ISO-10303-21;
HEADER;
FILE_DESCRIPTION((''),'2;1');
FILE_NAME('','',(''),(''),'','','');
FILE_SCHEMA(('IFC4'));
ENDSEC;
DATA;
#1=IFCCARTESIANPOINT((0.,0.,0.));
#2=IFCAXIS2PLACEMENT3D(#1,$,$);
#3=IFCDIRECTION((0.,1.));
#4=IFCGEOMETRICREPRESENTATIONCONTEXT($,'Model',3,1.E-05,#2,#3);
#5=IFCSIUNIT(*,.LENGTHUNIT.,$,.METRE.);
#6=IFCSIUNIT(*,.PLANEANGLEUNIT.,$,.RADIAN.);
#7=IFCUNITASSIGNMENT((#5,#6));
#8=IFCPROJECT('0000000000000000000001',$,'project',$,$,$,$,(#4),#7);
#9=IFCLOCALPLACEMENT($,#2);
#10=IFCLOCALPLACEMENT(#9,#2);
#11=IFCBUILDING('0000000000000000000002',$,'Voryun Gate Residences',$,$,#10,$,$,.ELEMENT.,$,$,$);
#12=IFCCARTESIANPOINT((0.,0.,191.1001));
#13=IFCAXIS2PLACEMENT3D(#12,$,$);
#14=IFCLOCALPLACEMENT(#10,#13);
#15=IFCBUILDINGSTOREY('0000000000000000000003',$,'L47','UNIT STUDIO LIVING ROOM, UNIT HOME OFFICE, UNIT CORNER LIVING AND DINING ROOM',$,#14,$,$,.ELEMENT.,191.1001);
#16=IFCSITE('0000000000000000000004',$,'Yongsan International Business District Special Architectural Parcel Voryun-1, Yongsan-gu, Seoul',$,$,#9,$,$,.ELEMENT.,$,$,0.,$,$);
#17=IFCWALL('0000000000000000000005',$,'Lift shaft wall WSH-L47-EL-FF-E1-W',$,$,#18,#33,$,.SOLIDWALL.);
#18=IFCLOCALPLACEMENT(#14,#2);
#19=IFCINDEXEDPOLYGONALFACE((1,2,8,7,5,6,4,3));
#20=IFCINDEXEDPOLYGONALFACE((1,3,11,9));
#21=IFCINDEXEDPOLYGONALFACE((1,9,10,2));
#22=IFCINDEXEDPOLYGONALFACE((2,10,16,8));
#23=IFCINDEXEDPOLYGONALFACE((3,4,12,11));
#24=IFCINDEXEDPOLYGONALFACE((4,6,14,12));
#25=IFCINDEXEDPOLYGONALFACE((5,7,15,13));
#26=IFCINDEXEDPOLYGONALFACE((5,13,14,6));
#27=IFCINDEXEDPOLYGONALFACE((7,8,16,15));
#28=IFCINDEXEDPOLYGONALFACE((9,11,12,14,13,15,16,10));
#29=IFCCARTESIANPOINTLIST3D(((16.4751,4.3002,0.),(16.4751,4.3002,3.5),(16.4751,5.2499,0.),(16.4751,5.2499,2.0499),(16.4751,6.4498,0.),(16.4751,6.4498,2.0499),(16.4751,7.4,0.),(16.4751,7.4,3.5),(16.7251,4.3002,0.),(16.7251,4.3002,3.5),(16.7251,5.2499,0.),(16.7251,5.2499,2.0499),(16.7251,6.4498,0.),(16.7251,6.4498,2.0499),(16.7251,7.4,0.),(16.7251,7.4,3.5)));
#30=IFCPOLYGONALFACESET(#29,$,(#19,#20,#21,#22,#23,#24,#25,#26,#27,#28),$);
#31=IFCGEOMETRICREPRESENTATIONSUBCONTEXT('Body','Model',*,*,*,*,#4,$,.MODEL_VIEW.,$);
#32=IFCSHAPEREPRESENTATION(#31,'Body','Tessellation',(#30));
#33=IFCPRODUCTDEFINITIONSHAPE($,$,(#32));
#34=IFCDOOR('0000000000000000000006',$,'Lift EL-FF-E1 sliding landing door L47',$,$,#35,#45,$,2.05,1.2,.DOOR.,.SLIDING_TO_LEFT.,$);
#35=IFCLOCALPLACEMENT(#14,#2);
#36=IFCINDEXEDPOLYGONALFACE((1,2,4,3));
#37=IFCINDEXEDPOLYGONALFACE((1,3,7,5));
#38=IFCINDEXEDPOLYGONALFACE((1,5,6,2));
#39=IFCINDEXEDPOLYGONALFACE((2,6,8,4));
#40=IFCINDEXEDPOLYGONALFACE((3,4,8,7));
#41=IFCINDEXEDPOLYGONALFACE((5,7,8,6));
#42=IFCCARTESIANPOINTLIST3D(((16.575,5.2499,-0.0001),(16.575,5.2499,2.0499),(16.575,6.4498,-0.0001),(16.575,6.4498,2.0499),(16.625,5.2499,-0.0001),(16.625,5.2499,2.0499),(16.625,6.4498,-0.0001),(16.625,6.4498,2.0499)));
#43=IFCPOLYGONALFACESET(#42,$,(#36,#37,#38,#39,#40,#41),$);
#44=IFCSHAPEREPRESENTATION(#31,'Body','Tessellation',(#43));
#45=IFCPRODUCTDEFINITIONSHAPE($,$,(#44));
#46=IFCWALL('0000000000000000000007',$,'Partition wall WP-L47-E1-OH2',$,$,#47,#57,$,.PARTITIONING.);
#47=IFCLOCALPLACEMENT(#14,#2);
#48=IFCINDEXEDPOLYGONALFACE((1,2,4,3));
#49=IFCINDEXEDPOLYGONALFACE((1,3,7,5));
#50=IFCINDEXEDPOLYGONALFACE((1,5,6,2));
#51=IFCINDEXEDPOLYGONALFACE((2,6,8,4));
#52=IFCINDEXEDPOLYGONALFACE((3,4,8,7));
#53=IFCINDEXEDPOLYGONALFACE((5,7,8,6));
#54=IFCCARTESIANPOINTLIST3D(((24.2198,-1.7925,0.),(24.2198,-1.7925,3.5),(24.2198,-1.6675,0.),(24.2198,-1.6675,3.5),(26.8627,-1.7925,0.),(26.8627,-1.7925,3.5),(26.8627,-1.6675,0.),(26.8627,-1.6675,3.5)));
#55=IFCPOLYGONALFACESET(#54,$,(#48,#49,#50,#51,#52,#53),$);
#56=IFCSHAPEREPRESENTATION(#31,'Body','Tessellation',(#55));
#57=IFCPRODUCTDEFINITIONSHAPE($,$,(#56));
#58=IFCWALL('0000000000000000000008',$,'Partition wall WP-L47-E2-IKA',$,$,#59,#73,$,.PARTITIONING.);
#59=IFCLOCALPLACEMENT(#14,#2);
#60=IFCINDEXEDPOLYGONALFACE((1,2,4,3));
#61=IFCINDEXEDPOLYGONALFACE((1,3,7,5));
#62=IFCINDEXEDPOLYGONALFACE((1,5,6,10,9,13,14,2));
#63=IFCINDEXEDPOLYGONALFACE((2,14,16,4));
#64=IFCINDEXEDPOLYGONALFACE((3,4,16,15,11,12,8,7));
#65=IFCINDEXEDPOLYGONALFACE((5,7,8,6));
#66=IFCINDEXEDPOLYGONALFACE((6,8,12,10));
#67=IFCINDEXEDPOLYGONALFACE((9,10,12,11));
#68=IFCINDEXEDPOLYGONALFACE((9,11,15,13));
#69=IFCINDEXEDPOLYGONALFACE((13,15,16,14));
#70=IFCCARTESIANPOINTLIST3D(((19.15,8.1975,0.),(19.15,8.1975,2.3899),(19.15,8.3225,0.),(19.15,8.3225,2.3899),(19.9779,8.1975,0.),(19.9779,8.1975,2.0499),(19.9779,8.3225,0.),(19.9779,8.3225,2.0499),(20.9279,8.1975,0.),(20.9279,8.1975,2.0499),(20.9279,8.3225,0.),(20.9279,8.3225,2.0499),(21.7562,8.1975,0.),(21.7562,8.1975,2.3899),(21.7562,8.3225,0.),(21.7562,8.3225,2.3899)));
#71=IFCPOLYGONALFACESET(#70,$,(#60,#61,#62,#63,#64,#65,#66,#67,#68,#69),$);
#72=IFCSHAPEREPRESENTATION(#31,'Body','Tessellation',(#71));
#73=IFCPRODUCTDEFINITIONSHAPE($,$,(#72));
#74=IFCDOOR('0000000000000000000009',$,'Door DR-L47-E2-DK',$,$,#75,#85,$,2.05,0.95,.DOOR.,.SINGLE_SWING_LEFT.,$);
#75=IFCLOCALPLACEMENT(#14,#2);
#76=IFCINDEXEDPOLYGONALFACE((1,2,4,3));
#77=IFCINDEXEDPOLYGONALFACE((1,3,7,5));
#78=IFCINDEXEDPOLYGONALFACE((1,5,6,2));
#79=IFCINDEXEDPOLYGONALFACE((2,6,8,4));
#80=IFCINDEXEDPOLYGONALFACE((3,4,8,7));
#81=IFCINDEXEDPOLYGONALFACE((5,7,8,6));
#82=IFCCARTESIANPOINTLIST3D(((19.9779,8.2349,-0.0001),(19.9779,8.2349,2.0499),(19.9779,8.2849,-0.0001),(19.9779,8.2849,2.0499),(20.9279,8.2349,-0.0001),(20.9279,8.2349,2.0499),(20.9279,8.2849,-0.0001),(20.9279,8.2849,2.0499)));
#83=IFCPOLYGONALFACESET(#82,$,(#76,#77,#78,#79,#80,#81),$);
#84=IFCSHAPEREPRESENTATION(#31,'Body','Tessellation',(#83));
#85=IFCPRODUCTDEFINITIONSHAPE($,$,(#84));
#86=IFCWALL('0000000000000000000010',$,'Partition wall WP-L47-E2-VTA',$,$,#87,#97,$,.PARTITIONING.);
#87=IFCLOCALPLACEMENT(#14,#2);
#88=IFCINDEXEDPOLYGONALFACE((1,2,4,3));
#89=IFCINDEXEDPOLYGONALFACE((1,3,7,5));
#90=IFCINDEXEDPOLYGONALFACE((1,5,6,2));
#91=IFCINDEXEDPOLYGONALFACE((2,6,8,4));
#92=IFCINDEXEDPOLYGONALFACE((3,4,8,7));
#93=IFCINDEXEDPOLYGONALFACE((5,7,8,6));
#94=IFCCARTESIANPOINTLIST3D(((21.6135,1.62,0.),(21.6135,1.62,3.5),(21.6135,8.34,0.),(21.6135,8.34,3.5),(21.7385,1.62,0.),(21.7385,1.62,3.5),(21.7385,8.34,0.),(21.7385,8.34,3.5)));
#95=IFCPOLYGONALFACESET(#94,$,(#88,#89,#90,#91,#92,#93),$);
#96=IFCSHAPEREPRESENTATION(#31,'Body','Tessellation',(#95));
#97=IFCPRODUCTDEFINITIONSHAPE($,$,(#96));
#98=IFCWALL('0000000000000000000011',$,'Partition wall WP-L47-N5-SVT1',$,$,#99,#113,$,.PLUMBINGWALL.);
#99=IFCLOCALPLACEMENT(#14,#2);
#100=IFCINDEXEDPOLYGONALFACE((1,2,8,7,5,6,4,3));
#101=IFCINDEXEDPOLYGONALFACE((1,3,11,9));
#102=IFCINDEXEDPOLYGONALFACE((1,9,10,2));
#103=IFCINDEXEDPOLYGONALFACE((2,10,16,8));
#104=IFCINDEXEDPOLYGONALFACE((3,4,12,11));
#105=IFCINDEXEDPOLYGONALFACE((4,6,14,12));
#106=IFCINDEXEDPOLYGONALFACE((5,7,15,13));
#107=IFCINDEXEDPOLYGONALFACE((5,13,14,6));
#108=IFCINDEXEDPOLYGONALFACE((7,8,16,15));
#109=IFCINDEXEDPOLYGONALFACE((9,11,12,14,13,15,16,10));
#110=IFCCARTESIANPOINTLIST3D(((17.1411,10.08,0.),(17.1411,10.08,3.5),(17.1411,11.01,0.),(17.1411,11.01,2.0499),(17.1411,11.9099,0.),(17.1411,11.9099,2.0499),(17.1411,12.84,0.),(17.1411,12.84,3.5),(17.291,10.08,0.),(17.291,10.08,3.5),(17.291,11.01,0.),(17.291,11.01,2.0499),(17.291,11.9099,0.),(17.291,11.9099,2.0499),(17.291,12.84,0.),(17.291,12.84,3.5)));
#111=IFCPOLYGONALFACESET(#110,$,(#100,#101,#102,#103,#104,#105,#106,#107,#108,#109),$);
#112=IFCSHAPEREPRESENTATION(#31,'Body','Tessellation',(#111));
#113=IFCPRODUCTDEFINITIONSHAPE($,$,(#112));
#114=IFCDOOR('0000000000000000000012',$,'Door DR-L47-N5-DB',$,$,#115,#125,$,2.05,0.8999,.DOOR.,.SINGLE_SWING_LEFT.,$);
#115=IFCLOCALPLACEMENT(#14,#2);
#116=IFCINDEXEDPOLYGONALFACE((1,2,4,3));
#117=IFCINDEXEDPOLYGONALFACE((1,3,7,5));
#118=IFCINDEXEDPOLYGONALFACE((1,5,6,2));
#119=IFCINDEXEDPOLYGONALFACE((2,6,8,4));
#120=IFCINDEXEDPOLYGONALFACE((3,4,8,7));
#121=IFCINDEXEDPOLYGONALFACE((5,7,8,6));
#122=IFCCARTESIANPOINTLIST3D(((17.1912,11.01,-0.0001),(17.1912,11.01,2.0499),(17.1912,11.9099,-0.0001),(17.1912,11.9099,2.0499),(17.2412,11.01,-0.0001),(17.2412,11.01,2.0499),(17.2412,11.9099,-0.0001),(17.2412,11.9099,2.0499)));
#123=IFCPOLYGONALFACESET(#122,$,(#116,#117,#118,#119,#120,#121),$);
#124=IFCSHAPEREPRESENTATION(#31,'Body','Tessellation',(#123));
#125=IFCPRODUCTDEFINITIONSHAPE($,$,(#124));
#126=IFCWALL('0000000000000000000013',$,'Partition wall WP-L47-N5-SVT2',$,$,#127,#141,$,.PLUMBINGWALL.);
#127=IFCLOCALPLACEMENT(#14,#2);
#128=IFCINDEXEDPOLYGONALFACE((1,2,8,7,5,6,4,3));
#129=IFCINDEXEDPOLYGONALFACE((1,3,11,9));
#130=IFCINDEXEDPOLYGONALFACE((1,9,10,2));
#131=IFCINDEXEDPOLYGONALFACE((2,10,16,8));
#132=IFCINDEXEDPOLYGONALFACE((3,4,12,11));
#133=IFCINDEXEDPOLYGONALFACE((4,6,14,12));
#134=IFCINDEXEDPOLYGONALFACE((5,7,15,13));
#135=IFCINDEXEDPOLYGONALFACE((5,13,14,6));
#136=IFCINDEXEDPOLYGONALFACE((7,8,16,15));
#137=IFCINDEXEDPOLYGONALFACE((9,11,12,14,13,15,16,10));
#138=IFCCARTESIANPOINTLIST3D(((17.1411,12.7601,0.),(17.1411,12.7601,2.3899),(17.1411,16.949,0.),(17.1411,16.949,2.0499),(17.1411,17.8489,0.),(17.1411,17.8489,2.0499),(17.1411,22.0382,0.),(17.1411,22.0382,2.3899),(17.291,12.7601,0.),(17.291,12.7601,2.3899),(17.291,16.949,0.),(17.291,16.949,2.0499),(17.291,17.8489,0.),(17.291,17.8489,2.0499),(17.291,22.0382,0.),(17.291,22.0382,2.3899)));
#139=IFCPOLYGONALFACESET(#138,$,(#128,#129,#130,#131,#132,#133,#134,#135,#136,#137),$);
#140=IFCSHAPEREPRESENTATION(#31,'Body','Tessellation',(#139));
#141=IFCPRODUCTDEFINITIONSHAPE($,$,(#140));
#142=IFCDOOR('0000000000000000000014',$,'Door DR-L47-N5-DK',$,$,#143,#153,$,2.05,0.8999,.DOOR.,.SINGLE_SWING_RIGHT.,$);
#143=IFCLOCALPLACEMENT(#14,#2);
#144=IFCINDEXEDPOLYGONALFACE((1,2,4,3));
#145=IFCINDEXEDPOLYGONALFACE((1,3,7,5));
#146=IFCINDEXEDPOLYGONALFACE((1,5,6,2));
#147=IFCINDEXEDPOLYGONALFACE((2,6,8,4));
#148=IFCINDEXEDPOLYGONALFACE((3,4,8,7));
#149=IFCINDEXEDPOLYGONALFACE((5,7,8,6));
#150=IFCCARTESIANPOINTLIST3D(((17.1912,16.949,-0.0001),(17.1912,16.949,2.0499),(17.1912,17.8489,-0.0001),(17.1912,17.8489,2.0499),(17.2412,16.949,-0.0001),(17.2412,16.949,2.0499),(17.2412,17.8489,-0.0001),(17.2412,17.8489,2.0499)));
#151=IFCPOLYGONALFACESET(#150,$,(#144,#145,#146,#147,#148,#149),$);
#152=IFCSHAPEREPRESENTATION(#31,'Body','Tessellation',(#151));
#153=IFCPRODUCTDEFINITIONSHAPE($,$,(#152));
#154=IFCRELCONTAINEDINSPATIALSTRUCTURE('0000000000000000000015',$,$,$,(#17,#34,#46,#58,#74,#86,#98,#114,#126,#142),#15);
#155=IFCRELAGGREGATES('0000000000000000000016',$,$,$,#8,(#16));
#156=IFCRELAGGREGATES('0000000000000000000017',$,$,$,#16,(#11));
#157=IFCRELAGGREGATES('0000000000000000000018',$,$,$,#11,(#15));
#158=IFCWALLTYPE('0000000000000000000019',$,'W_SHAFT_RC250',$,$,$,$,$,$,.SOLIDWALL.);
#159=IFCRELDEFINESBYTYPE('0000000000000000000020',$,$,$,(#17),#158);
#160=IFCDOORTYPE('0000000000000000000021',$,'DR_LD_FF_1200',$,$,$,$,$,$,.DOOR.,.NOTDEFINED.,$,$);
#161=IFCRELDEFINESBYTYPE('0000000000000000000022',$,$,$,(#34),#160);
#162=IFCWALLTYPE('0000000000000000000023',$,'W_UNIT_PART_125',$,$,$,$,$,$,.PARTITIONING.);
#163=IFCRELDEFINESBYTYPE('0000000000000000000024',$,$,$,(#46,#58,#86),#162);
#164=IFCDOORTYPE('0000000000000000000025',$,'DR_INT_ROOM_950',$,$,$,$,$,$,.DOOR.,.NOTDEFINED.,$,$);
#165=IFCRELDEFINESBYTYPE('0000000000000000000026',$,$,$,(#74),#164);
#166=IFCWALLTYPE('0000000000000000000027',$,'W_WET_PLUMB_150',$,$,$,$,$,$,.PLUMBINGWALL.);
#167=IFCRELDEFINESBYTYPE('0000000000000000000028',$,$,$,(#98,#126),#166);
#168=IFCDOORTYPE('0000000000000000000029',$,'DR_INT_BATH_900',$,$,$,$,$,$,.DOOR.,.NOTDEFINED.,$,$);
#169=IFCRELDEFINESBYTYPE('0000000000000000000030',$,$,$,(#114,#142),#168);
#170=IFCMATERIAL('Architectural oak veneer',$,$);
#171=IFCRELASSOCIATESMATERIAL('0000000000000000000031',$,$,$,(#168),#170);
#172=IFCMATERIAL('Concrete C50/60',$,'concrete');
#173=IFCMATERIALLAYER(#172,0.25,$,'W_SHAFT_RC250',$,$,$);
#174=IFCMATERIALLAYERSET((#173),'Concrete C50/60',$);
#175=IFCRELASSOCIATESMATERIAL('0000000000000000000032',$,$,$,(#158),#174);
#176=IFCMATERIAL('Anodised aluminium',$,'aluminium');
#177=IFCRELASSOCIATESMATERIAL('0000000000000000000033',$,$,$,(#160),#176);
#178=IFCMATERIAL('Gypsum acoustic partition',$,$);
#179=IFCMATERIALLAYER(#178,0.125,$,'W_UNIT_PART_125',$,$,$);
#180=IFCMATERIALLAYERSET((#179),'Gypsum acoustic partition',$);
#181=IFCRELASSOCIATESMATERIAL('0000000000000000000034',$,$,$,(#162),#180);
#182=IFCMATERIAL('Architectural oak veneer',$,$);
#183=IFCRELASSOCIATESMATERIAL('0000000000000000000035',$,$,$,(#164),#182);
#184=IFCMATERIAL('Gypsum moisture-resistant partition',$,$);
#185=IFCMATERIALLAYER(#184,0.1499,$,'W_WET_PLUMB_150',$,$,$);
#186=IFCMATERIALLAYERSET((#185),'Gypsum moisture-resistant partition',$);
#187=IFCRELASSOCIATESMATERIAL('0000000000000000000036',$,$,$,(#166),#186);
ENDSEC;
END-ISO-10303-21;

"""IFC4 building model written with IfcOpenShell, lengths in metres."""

from ifc_helpers import new_model, si_unit, direction, frame, frame_2d, origin, place, context, subcontext, project, spatial, rectangle, extrude, material, layer, layer_set, type_object, element, fill, save


model = new_model("IFC4")

# Units and contexts
model_context = context("Model", 3, precision=1e-05, world=origin(), true_north=direction((0.0, 1.0)))
body_context = subcontext(model_context, "Body", "Model", "MODEL_VIEW")
ifc_project = project(units=[si_unit("LENGTHUNIT", "METRE"), si_unit("PLANEANGLEUNIT", "RADIAN")], contexts=[model_context])

# Site, building, storey
site_placement = place(None, origin())
site = spatial("IfcSite", under=ifc_project, at=site_placement, Name="Yongsan International Business District Special Architectural Parcel Voryun-1, Yongsan-gu, Seoul", CompositionType="ELEMENT", RefElevation=0.0)
building_placement = place(site_placement, origin())
building = spatial("IfcBuilding", under=site, at=building_placement, Name="Voryun Gate Residences", CompositionType="ELEMENT")
storey_placement = place(building_placement, frame((0.0, 0.0, 191.1001)))
storey = spatial("IfcBuildingStorey", under=building, at=storey_placement, Name="L47", Description="UNIT STUDIO LIVING ROOM, UNIT HOME OFFICE, UNIT CORNER LIVING AND DINING ROOM", CompositionType="ELEMENT", Elevation=191.1001)

# Shared definitions
ifc_material_1 = material(Name="Architectural oak veneer")
door_type_1 = type_object("IfcDoorType", Name="DR_INT_BATH_900", OperationType="NOTDEFINED", PredefinedType="DOOR", material=ifc_material_1)

# Wall, opening, door
ifc_material_2 = material(Name="Concrete C50/60", Category="concrete")
ifc_layer_1 = layer(ifc_material_2, 0.25, Name="W_SHAFT_RC250")
ifc_layer_set_1 = layer_set([ifc_layer_1], Name="Concrete C50/60")
wall_type_1 = type_object("IfcWallType", Name="W_SHAFT_RC250", PredefinedType="SOLIDWALL", material=ifc_layer_set_1)
wall_1_placement = place(storey_placement, frame((16.6001, 7.3999, 0.0), z_axis=(0.0, 0.0, 1.0), x_axis=(0.0, -1.0, 0.0)))
wall_1 = element("IfcWall", 1, at=wall_1_placement, inside=storey, type_object=wall_type_1, Name="Lift shaft wall WSH-L47-EL-FF-E1-W", PredefinedType="SOLIDWALL", context=body_context, shape_type="SweptSolid", body=[
    extrude(rectangle(XDim=3.0999, YDim=0.25, at=frame_2d((1.5498, 0.0))), origin(), (0.0, 0.0, 1.0), 3.5),
])
opening_1_placement = place(wall_1_placement, frame((0.95, 0.0, 0.0)))
opening_1 = element("IfcOpeningElement", 2, at=opening_1_placement, cuts=wall_1, PredefinedType="OPENING", context=body_context, shape_type="SweptSolid", body=[
    extrude(rectangle(XDim=1.2, YDim=2.05, at=frame_2d((0.6001, 1.0249))), frame((0.0, 0.135, 0.0), z_axis=(0.0, -1.0, 0.0), x_axis=(1.0, 0.0, 0.0)), (0.0, 0.0, 1.0), 0.27),
])
ifc_material_3 = material(Name="Anodised aluminium", Category="aluminium")
door_type_2 = type_object("IfcDoorType", Name="DR_LD_FF_1200", OperationType="NOTDEFINED", PredefinedType="DOOR", material=ifc_material_3)
door_1_placement = place(opening_1_placement, origin())
door_1 = element("IfcDoor", 3, at=door_1_placement, inside=storey, type_object=door_type_2, Name="Lift EL-FF-E1 sliding landing door L47", OperationType="SLIDING_TO_LEFT", OverallHeight=2.05, OverallWidth=1.2, PredefinedType="DOOR", context=body_context, shape_type="SweptSolid", body=[
    extrude(rectangle(XDim=1.2, YDim=2.05, at=frame_2d((0.6001, 1.0249))), frame((0.0, 0.0249, 0.0), z_axis=(0.0, -1.0, 0.0), x_axis=(1.0, 0.0, 0.0)), (0.0, 0.0, 1.0), 0.05),
])
fill(opening_1, door_1)

# Wall
ifc_material_4 = material(Name="Gypsum acoustic partition")
ifc_layer_2 = layer(ifc_material_4, 0.125, Name="W_UNIT_PART_125")
ifc_layer_set_2 = layer_set([ifc_layer_2], Name="Gypsum acoustic partition")
wall_type_2 = type_object("IfcWallType", Name="W_UNIT_PART_125", PredefinedType="PARTITIONING", material=ifc_layer_set_2)
wall_2_placement = place(storey_placement, frame((24.22, -1.73, 0.0), z_axis=(0.0, 0.0, 1.0), x_axis=(1.0, 0.0, 0.0)))
element("IfcWall", 4, at=wall_2_placement, inside=storey, type_object=wall_type_2, Name="Partition wall WP-L47-E1-OH2", PredefinedType="PARTITIONING", context=body_context, shape_type="SweptSolid", body=[
    extrude(rectangle(XDim=2.6428, YDim=0.125, at=frame_2d((1.3213, 0.0))), origin(), (0.0, 0.0, 1.0), 3.5),
])

# Wall, opening, door
wall_3_placement = place(storey_placement, frame((19.1499, 8.26, 0.0), z_axis=(0.0, 0.0, 1.0), x_axis=(1.0, 0.0, 0.0)))
wall_3 = element("IfcWall", 5, at=wall_3_placement, inside=storey, type_object=wall_type_2, Name="Partition wall WP-L47-E2-IKA", PredefinedType="PARTITIONING", context=body_context, shape_type="SweptSolid", body=[
    extrude(rectangle(XDim=2.6062, YDim=0.125, at=frame_2d((1.3032, 0.0))), origin(), (0.0, 0.0, 1.0), 2.3899),
])
opening_2_placement = place(wall_3_placement, frame((0.8279, 0.0, 0.0)))
opening_2 = element("IfcOpeningElement", 6, at=opening_2_placement, cuts=wall_3, PredefinedType="OPENING", context=body_context, shape_type="SweptSolid", body=[
    extrude(rectangle(XDim=0.95, YDim=2.05, at=frame_2d((0.4751, 1.0249))), frame((0.0, 0.0725, 0.0), z_axis=(0.0, -1.0, 0.0), x_axis=(1.0, 0.0, 0.0)), (0.0, 0.0, 1.0), 0.145),
])
ifc_material_5 = material(Name="Architectural oak veneer")
door_type_3 = type_object("IfcDoorType", Name="DR_INT_ROOM_950", OperationType="NOTDEFINED", PredefinedType="DOOR", material=ifc_material_5)
door_2_placement = place(opening_2_placement, origin())
door_2 = element("IfcDoor", 7, at=door_2_placement, inside=storey, type_object=door_type_3, Name="Door DR-L47-E2-DK", OperationType="SINGLE_SWING_LEFT", OverallHeight=2.05, OverallWidth=0.95, PredefinedType="DOOR", context=body_context, shape_type="SweptSolid", body=[
    extrude(rectangle(XDim=0.95, YDim=2.05, at=frame_2d((0.4751, 1.0249))), frame((0.0, 0.0249, 0.0), z_axis=(0.0, -1.0, 0.0), x_axis=(1.0, 0.0, 0.0)), (0.0, 0.0, 1.0), 0.05),
])
fill(opening_2, door_2)

# Wall
wall_4_placement = place(storey_placement, frame((21.676, 1.6201, 0.0), z_axis=(0.0, 0.0, 1.0), x_axis=(0.0, 1.0, 0.0)))
element("IfcWall", 8, at=wall_4_placement, inside=storey, type_object=wall_type_2, Name="Partition wall WP-L47-E2-VTA", PredefinedType="PARTITIONING", context=body_context, shape_type="SweptSolid", body=[
    extrude(rectangle(XDim=6.72, YDim=0.125, at=frame_2d((3.3599, 0.0))), origin(), (0.0, 0.0, 1.0), 3.5),
])

# Walls, openings, doors
ifc_material_6 = material(Name="Gypsum moisture-resistant partition")
ifc_layer_3 = layer(ifc_material_6, 0.1499, Name="W_WET_PLUMB_150")
ifc_layer_set_3 = layer_set([ifc_layer_3], Name="Gypsum moisture-resistant partition")
wall_type_3 = type_object("IfcWallType", Name="W_WET_PLUMB_150", PredefinedType="PLUMBINGWALL", material=ifc_layer_set_3)
wall_5_placement = place(storey_placement, frame((17.2161, 10.0801, 0.0), z_axis=(0.0, 0.0, 1.0), x_axis=(0.0, 1.0, 0.0)))
wall_5 = element("IfcWall", 9, at=wall_5_placement, inside=storey, type_object=wall_type_3, Name="Partition wall WP-L47-N5-SVT1", PredefinedType="PLUMBINGWALL", context=body_context, shape_type="SweptSolid", body=[
    extrude(rectangle(XDim=2.76, YDim=0.1499, at=frame_2d((1.3799, 0.0))), origin(), (0.0, 0.0, 1.0), 3.5),
])
opening_3_placement = place(wall_5_placement, frame((0.9299, 0.0, 0.0)))
opening_3 = element("IfcOpeningElement", 10, at=opening_3_placement, cuts=wall_5, PredefinedType="OPENING", context=body_context, shape_type="SweptSolid", body=[
    extrude(rectangle(XDim=0.8999, YDim=2.05, at=frame_2d((0.45, 1.0249))), frame((0.0, 0.085, 0.0), z_axis=(0.0, -1.0, 0.0), x_axis=(1.0, 0.0, 0.0)), (0.0, 0.0, 1.0), 0.1699),
])
door_3_placement = place(opening_3_placement, origin())
door_3 = element("IfcDoor", 11, at=door_3_placement, inside=storey, type_object=door_type_1, Name="Door DR-L47-N5-DB", OperationType="SINGLE_SWING_LEFT", OverallHeight=2.05, OverallWidth=0.8999, PredefinedType="DOOR", context=body_context, shape_type="SweptSolid", body=[
    extrude(rectangle(XDim=0.8999, YDim=2.05, at=frame_2d((0.45, 1.0249))), frame((0.0, 0.0249, 0.0), z_axis=(0.0, -1.0, 0.0), x_axis=(1.0, 0.0, 0.0)), (0.0, 0.0, 1.0), 0.05),
])
fill(opening_3, door_3)
wall_6_placement = place(storey_placement, frame((17.2161, 12.76, 0.0), z_axis=(0.0, 0.0, 1.0), x_axis=(0.0, 1.0, 0.0)))
wall_6 = element("IfcWall", 12, at=wall_6_placement, inside=storey, type_object=wall_type_3, Name="Partition wall WP-L47-N5-SVT2", PredefinedType="PLUMBINGWALL", context=body_context, shape_type="SweptSolid", body=[
    extrude(rectangle(XDim=9.2781, YDim=0.1499, at=frame_2d((4.6392, 0.0))), origin(), (0.0, 0.0, 1.0), 2.3899),
])
opening_4_placement = place(wall_6_placement, frame((4.189, 0.0, 0.0)))
opening_4 = element("IfcOpeningElement", 13, at=opening_4_placement, cuts=wall_6, PredefinedType="OPENING", context=body_context, shape_type="SweptSolid", body=[
    extrude(rectangle(XDim=0.8999, YDim=2.05, at=frame_2d((0.45, 1.0249))), frame((0.0, 0.085, 0.0), z_axis=(0.0, -1.0, 0.0), x_axis=(1.0, 0.0, 0.0)), (0.0, 0.0, 1.0), 0.1699),
])
door_4_placement = place(opening_4_placement, origin())
door_4 = element("IfcDoor", 14, at=door_4_placement, inside=storey, type_object=door_type_1, Name="Door DR-L47-N5-DK", OperationType="SINGLE_SWING_RIGHT", OverallHeight=2.05, OverallWidth=0.8999, PredefinedType="DOOR", context=body_context, shape_type="SweptSolid", body=[
    extrude(rectangle(XDim=0.8999, YDim=2.05, at=frame_2d((0.45, 1.0249))), frame((0.0, 0.0249, 0.0), z_axis=(0.0, -1.0, 0.0), x_axis=(1.0, 0.0, 0.0)), (0.0, 0.0, 1.0), 0.05),
])
fill(opening_4, door_4)

save(model, "model.ifc")
